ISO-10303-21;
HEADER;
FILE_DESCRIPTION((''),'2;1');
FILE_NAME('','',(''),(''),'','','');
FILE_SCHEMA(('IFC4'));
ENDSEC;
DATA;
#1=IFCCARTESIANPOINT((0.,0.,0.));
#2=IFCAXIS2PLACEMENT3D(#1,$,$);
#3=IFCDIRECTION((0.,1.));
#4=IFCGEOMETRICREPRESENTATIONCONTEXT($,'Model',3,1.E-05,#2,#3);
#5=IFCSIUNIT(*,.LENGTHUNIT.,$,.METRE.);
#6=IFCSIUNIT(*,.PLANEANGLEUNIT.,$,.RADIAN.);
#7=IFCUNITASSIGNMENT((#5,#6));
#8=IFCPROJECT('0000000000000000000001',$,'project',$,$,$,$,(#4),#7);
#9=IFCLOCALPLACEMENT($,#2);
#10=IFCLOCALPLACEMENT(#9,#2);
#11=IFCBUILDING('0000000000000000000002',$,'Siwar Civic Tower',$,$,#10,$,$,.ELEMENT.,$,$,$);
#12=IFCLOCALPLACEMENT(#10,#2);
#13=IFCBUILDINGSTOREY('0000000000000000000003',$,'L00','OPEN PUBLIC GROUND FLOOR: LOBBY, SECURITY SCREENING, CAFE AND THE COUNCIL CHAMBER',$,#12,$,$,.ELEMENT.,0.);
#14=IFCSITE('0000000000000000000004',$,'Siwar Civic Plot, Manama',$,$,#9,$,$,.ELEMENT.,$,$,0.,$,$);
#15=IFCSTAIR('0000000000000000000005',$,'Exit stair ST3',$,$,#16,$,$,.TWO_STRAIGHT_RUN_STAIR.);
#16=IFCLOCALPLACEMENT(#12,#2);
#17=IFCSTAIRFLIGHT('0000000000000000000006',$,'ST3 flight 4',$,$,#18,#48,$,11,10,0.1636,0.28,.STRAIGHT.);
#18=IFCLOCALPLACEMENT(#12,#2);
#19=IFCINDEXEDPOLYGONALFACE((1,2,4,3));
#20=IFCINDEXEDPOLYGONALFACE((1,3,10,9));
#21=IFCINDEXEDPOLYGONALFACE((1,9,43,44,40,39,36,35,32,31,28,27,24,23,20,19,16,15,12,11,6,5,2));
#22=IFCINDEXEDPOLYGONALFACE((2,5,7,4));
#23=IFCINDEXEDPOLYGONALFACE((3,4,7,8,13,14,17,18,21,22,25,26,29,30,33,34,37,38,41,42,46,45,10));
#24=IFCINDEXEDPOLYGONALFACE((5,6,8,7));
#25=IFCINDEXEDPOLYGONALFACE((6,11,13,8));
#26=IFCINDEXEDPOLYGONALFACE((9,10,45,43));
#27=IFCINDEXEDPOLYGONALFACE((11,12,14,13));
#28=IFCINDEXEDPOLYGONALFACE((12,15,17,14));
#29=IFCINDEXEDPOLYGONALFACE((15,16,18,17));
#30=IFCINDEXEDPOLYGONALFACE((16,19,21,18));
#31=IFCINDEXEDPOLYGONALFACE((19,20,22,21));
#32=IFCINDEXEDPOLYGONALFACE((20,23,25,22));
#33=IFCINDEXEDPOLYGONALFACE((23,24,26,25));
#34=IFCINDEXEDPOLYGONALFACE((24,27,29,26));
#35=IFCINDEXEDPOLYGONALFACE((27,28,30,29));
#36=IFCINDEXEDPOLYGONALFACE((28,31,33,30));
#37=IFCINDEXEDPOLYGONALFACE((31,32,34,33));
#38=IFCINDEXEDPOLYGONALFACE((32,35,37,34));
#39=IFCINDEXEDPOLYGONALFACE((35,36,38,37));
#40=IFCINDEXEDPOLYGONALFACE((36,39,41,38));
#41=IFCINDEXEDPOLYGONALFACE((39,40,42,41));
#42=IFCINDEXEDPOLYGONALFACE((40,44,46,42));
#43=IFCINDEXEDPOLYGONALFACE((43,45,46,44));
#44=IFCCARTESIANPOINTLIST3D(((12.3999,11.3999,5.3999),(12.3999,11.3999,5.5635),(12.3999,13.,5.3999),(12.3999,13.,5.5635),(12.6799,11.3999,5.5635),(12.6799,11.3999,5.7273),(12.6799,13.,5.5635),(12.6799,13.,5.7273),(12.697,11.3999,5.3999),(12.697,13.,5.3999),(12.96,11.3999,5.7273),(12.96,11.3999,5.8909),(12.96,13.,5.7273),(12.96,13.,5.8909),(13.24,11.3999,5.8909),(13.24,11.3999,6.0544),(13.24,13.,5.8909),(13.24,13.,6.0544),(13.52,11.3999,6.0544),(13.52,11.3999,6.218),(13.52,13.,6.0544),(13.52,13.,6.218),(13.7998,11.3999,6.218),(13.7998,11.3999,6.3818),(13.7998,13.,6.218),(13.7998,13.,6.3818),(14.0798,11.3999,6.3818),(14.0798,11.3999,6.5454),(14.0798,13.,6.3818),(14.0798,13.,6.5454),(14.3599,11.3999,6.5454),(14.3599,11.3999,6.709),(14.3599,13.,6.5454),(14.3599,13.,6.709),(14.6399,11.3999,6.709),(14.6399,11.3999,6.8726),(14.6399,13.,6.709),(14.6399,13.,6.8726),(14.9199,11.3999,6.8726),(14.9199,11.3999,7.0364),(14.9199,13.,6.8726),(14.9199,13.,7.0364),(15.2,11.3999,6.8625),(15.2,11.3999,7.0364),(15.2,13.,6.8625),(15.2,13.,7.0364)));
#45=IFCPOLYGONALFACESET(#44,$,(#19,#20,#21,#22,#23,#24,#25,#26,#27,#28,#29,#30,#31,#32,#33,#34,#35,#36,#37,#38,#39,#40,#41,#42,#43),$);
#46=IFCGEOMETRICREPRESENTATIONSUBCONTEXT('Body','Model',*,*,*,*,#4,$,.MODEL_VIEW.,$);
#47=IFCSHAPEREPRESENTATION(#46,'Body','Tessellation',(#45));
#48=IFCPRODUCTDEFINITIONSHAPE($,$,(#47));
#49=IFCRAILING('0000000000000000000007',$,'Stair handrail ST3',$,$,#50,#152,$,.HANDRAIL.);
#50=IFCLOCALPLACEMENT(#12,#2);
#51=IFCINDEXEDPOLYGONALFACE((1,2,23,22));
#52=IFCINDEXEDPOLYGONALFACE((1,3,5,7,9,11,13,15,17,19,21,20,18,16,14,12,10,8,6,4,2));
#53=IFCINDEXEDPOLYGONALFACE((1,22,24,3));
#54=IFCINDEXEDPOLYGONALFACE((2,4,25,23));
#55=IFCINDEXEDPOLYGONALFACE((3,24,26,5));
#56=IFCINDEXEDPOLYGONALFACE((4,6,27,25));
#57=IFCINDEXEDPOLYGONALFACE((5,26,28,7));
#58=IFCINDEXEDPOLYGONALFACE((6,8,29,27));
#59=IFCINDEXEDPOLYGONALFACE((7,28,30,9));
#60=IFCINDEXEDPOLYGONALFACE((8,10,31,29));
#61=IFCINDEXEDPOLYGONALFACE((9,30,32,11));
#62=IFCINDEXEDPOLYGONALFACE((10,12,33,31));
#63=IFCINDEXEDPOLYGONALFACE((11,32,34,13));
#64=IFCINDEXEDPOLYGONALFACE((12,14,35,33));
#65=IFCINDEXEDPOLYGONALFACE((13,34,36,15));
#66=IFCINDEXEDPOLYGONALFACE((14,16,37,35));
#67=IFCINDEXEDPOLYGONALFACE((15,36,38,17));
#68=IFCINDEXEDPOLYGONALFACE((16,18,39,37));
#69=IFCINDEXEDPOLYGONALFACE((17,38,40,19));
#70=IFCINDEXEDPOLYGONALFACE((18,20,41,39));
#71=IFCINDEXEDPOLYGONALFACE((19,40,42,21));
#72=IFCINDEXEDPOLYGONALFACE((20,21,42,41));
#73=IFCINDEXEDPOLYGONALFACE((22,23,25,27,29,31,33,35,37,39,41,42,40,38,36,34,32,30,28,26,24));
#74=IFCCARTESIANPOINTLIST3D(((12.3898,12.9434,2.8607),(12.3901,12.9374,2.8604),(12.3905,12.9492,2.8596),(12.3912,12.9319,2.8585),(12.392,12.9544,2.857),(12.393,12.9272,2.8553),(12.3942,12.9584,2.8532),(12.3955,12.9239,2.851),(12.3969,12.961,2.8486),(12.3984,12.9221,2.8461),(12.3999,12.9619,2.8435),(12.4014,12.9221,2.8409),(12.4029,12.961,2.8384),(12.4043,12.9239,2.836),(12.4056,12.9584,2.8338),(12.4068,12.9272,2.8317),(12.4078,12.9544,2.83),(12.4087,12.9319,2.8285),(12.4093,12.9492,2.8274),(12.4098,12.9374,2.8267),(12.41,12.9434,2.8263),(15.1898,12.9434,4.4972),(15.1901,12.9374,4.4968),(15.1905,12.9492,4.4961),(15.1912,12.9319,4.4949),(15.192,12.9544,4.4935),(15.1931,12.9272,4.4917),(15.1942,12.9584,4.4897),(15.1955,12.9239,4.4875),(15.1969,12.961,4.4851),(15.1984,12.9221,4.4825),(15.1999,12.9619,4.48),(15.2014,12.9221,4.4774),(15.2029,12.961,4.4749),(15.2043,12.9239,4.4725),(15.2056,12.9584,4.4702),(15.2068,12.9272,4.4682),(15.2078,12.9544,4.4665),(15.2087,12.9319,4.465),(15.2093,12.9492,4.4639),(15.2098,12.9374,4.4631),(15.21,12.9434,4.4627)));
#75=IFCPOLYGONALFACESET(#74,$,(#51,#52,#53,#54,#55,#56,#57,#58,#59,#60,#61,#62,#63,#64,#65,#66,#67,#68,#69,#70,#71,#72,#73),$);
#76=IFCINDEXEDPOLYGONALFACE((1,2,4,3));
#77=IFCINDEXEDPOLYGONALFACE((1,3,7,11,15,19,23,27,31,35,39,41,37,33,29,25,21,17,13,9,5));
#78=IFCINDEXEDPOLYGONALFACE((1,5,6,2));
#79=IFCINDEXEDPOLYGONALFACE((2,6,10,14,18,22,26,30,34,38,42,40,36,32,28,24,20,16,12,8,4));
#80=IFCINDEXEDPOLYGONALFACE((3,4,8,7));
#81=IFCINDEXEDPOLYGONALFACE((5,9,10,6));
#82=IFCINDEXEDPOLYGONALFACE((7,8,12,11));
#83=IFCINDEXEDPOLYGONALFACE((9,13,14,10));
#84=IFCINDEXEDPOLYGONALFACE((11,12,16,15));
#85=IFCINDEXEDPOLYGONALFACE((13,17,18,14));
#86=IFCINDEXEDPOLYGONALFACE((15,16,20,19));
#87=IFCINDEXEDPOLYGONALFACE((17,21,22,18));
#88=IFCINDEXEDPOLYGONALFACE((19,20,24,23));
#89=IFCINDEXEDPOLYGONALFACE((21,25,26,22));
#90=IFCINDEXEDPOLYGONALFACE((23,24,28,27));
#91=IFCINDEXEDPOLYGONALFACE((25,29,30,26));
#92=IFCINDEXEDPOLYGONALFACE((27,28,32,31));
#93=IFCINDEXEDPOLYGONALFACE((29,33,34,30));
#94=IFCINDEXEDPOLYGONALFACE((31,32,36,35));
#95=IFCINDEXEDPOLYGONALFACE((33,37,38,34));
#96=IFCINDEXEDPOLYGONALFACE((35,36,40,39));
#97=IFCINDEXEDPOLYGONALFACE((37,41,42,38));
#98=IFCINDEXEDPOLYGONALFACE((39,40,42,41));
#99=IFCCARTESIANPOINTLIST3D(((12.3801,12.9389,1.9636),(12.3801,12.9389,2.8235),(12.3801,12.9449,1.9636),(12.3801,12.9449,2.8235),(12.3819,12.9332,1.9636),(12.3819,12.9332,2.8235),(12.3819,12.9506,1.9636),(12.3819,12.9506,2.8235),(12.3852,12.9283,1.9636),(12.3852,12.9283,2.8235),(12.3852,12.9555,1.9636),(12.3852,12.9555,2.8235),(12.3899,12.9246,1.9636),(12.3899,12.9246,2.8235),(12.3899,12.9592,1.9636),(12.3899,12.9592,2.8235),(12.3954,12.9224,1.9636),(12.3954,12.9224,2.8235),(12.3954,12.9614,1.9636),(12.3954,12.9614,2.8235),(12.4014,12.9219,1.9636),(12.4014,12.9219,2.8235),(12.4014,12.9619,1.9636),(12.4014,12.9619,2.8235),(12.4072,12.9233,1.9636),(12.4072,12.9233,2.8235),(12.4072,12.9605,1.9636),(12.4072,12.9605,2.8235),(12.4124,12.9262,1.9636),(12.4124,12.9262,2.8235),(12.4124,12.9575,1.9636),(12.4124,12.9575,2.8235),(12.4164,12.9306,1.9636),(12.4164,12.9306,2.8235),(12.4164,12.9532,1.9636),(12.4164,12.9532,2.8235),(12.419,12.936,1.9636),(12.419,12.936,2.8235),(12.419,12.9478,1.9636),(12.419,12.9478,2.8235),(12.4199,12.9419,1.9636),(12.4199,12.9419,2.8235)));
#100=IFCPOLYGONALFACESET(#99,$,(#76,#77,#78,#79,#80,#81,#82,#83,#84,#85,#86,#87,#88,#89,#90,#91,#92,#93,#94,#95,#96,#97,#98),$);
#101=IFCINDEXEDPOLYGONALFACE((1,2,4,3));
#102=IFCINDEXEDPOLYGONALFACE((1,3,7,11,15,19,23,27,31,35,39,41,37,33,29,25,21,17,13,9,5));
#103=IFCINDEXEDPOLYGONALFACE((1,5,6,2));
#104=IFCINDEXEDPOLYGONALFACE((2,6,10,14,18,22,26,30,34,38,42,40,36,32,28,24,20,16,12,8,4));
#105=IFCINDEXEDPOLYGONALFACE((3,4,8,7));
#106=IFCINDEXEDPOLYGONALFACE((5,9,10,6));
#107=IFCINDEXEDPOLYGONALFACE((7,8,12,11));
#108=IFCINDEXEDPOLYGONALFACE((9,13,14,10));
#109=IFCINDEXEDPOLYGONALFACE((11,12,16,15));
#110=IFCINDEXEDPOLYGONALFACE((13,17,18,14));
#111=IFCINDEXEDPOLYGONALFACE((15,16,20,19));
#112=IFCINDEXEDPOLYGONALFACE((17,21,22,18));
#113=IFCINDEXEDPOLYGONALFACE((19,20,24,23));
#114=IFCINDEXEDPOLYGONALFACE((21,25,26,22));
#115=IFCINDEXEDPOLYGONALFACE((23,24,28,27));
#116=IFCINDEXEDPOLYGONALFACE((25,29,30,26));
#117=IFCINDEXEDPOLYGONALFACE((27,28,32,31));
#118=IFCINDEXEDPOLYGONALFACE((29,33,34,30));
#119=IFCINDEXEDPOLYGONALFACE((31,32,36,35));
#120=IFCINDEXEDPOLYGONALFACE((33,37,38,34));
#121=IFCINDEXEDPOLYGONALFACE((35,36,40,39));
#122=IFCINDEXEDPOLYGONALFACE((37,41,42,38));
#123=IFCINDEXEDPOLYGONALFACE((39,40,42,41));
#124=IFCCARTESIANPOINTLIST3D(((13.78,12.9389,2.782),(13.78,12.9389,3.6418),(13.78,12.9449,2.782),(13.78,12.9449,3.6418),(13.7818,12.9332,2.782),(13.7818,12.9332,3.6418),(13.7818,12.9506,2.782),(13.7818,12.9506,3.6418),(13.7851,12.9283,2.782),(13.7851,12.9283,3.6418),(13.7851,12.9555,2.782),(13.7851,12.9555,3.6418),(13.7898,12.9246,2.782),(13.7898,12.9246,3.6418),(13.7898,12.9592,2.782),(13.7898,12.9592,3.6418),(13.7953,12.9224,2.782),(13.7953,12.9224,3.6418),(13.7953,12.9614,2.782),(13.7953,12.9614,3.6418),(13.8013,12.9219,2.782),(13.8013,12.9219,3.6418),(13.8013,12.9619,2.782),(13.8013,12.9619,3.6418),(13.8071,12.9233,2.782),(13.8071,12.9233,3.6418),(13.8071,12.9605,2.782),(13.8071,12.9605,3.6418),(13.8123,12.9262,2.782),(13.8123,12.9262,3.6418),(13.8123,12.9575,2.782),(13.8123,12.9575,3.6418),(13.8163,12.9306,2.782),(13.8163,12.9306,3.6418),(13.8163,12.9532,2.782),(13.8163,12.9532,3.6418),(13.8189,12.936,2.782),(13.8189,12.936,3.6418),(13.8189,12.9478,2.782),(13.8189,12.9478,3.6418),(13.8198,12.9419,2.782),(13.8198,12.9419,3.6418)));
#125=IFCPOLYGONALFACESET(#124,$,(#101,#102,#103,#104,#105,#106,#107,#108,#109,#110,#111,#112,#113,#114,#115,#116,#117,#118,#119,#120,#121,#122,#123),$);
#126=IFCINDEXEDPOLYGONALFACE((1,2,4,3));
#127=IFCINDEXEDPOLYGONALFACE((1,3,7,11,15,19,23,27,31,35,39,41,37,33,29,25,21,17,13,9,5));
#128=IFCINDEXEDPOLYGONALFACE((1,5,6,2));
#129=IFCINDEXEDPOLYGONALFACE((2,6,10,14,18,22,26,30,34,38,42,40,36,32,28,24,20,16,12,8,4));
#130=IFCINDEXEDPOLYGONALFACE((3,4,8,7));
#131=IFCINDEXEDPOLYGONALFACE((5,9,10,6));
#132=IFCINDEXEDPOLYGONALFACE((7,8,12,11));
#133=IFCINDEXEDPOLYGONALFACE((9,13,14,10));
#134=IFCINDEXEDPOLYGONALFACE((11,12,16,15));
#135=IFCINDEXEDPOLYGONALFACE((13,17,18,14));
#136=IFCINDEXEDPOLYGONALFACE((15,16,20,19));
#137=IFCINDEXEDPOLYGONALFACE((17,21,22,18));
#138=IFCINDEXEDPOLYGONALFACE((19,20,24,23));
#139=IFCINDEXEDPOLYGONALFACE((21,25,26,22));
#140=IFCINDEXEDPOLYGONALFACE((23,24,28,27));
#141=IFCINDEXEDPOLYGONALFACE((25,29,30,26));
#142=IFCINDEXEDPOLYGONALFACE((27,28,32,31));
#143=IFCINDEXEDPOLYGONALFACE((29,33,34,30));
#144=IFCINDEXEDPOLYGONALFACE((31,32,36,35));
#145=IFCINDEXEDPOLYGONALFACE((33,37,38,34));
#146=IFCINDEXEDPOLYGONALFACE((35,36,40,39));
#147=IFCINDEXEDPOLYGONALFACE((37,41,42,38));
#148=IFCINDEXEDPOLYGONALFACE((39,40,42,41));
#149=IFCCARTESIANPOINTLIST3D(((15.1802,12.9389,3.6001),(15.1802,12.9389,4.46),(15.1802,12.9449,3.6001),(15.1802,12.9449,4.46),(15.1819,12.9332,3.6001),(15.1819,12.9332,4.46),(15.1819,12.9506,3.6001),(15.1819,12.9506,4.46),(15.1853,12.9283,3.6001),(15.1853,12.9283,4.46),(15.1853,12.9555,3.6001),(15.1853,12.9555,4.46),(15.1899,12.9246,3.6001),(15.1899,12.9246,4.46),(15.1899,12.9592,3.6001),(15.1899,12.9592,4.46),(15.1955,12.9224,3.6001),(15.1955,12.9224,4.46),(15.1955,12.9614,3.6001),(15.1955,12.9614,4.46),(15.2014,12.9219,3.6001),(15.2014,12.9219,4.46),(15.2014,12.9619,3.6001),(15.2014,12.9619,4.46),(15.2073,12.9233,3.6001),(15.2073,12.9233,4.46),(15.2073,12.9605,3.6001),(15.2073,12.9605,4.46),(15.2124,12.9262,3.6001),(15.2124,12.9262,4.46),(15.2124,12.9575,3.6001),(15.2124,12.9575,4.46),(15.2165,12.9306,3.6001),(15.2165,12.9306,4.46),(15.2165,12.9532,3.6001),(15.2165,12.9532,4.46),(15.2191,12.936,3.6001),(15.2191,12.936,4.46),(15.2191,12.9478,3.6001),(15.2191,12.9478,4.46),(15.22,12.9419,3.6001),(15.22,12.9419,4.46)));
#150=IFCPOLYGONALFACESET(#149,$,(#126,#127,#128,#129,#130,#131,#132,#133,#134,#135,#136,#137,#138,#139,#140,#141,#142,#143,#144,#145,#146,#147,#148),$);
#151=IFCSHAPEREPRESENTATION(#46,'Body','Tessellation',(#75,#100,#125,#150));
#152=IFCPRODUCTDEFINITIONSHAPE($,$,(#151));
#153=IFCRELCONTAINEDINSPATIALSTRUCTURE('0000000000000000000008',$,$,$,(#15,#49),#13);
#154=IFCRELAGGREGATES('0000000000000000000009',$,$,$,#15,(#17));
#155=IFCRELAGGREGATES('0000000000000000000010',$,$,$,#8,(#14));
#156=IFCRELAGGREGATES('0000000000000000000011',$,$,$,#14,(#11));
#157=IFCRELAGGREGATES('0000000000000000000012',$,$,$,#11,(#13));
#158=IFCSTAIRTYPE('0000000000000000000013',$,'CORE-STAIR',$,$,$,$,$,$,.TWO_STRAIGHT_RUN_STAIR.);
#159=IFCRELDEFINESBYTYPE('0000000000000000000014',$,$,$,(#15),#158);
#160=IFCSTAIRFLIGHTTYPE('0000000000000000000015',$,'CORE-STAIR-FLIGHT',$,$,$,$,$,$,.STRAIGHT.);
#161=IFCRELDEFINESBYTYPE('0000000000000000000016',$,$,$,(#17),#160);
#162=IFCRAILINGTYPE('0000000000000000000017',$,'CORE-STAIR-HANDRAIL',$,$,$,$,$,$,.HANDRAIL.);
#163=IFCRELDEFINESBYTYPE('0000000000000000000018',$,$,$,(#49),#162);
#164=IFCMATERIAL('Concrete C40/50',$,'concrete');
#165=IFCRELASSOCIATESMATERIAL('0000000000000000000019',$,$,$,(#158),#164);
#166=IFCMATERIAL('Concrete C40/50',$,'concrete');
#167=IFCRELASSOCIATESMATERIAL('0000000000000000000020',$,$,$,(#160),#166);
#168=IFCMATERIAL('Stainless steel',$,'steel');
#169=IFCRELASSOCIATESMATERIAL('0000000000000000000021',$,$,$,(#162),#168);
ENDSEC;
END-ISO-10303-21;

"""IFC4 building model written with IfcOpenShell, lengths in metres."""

from ifc_helpers import new_model, si_unit, direction, frame, origin, origin_2d, place, context, subcontext, project, spatial, polyline, circle, outline, extrude, material, type_object, element, aggregate, save


model = new_model("IFC4")

# Units and contexts
model_context = context("Model", 3, precision=1e-05, world=origin(), true_north=direction((0.0, 1.0)))
body_context = subcontext(model_context, "Body", "Model", "MODEL_VIEW")
ifc_project = project(units=[si_unit("LENGTHUNIT", "METRE"), si_unit("PLANEANGLEUNIT", "RADIAN")], contexts=[model_context])

# Site, building, storey
site_placement = place(None, origin())
site = spatial("IfcSite", under=ifc_project, at=site_placement, Name="Siwar Civic Plot, Manama", CompositionType="ELEMENT", RefElevation=0.0)
building_placement = place(site_placement, origin())
building = spatial("IfcBuilding", under=site, at=building_placement, Name="Siwar Civic Tower", CompositionType="ELEMENT")
storey_placement = place(building_placement, origin())
storey = spatial("IfcBuildingStorey", under=building, at=storey_placement, Name="L00", Description="OPEN PUBLIC GROUND FLOOR: LOBBY, SECURITY SCREENING, CAFE AND THE COUNCIL CHAMBER", CompositionType="ELEMENT", Elevation=0.0)

# Stair, stair flight
ifc_material_1 = material(Name="Concrete C40/50", Category="concrete")
stair_type_1 = type_object("IfcStairType", Name="CORE-STAIR", PredefinedType="TWO_STRAIGHT_RUN_STAIR", material=ifc_material_1)
stair_1_placement = place(storey_placement, origin())
stair_1 = element("IfcStair", 1, at=stair_1_placement, inside=storey, type_object=stair_type_1, Name="Exit stair ST3", PredefinedType="TWO_STRAIGHT_RUN_STAIR")
ifc_material_2 = material(Name="Concrete C40/50", Category="concrete")
stair_flight_type = type_object("IfcStairFlightType", Name="CORE-STAIR-FLIGHT", PredefinedType="STRAIGHT", material=ifc_material_2)
stair_flight_1_placement = place(storey_placement, frame((12.3999, 12.2, 5.3999), z_axis=(0.0, 0.0, 1.0), x_axis=(1.0, 0.0, 0.0)))
stair_flight_1 = element("IfcStairFlight", 2, at=stair_flight_1_placement, type_object=stair_flight_type, Name="ST3 flight 4", NumberOfRisers=11, NumberOfTreads=10, PredefinedType="STRAIGHT", RiserHeight=0.1636, TreadLength=0.28, context=body_context, shape_type="SweptSolid", body=[
    extrude(outline(polyline([(0.0, 0.0), (0.0, 0.1636), (0.28, 0.1636), (0.28, 0.3274), (0.5601, 0.3274), (0.5601, 0.491), (0.8401, 0.491), (0.8401, 0.6545), (1.1201, 0.6545), (1.1201, 0.8181), (1.3999, 0.8181), (1.3999, 0.9819), (1.6799, 0.9819), (1.6799, 1.1455), (1.96, 1.1455), (1.96, 1.3091), (2.24, 1.3091), (2.24, 1.4727), (2.52, 1.4727), (2.52, 1.6365), (2.8, 1.6365), (2.8, 1.8), (2.8, 1.4626), (0.2971, 0.0), (0.0, 0.0)])), frame((0.0, 0.8, 0.0), z_axis=(0.0, -1.0, 0.0), x_axis=(1.0, 0.0, 0.0)), (0.0, 0.0, 1.0), 1.6001),
])
aggregate(stair_1, [stair_flight_1])

# Railing
ifc_material_3 = material(Name="Stainless steel", Category="steel")
railing_type = type_object("IfcRailingType", Name="CORE-STAIR-HANDRAIL", PredefinedType="HANDRAIL", material=ifc_material_3)
railing_1_placement = place(storey_placement, frame((12.3999, 12.9419, 1.9636)))
element("IfcRailing", 3, at=railing_1_placement, inside=storey, type_object=railing_type, Name="Stair handrail ST3", PredefinedType="HANDRAIL", context=body_context, shape_type="SweptSolid", body=[
    extrude(circle(Radius=0.02, at=origin_2d()), frame((0.0, 0.0, 0.8799), z_axis=(0.863361, 0.0, 0.504587), x_axis=(0.0, 1.0, 0.0)), (0.0, 0.0, 1.0), 3.2432),
    extrude(circle(Radius=0.02, at=origin_2d()), origin(), (0.0, 0.0, 1.0), 0.8599),
    extrude(circle(Radius=0.02, at=origin_2d()), frame((1.3999, 0.0, 0.8184)), (0.0, 0.0, 1.0), 0.8599),
    extrude(circle(Radius=0.02, at=origin_2d()), frame((2.8, 0.0, 1.6365)), (0.0, 0.0, 1.0), 0.8599),
])

save(model, "model.ifc")
